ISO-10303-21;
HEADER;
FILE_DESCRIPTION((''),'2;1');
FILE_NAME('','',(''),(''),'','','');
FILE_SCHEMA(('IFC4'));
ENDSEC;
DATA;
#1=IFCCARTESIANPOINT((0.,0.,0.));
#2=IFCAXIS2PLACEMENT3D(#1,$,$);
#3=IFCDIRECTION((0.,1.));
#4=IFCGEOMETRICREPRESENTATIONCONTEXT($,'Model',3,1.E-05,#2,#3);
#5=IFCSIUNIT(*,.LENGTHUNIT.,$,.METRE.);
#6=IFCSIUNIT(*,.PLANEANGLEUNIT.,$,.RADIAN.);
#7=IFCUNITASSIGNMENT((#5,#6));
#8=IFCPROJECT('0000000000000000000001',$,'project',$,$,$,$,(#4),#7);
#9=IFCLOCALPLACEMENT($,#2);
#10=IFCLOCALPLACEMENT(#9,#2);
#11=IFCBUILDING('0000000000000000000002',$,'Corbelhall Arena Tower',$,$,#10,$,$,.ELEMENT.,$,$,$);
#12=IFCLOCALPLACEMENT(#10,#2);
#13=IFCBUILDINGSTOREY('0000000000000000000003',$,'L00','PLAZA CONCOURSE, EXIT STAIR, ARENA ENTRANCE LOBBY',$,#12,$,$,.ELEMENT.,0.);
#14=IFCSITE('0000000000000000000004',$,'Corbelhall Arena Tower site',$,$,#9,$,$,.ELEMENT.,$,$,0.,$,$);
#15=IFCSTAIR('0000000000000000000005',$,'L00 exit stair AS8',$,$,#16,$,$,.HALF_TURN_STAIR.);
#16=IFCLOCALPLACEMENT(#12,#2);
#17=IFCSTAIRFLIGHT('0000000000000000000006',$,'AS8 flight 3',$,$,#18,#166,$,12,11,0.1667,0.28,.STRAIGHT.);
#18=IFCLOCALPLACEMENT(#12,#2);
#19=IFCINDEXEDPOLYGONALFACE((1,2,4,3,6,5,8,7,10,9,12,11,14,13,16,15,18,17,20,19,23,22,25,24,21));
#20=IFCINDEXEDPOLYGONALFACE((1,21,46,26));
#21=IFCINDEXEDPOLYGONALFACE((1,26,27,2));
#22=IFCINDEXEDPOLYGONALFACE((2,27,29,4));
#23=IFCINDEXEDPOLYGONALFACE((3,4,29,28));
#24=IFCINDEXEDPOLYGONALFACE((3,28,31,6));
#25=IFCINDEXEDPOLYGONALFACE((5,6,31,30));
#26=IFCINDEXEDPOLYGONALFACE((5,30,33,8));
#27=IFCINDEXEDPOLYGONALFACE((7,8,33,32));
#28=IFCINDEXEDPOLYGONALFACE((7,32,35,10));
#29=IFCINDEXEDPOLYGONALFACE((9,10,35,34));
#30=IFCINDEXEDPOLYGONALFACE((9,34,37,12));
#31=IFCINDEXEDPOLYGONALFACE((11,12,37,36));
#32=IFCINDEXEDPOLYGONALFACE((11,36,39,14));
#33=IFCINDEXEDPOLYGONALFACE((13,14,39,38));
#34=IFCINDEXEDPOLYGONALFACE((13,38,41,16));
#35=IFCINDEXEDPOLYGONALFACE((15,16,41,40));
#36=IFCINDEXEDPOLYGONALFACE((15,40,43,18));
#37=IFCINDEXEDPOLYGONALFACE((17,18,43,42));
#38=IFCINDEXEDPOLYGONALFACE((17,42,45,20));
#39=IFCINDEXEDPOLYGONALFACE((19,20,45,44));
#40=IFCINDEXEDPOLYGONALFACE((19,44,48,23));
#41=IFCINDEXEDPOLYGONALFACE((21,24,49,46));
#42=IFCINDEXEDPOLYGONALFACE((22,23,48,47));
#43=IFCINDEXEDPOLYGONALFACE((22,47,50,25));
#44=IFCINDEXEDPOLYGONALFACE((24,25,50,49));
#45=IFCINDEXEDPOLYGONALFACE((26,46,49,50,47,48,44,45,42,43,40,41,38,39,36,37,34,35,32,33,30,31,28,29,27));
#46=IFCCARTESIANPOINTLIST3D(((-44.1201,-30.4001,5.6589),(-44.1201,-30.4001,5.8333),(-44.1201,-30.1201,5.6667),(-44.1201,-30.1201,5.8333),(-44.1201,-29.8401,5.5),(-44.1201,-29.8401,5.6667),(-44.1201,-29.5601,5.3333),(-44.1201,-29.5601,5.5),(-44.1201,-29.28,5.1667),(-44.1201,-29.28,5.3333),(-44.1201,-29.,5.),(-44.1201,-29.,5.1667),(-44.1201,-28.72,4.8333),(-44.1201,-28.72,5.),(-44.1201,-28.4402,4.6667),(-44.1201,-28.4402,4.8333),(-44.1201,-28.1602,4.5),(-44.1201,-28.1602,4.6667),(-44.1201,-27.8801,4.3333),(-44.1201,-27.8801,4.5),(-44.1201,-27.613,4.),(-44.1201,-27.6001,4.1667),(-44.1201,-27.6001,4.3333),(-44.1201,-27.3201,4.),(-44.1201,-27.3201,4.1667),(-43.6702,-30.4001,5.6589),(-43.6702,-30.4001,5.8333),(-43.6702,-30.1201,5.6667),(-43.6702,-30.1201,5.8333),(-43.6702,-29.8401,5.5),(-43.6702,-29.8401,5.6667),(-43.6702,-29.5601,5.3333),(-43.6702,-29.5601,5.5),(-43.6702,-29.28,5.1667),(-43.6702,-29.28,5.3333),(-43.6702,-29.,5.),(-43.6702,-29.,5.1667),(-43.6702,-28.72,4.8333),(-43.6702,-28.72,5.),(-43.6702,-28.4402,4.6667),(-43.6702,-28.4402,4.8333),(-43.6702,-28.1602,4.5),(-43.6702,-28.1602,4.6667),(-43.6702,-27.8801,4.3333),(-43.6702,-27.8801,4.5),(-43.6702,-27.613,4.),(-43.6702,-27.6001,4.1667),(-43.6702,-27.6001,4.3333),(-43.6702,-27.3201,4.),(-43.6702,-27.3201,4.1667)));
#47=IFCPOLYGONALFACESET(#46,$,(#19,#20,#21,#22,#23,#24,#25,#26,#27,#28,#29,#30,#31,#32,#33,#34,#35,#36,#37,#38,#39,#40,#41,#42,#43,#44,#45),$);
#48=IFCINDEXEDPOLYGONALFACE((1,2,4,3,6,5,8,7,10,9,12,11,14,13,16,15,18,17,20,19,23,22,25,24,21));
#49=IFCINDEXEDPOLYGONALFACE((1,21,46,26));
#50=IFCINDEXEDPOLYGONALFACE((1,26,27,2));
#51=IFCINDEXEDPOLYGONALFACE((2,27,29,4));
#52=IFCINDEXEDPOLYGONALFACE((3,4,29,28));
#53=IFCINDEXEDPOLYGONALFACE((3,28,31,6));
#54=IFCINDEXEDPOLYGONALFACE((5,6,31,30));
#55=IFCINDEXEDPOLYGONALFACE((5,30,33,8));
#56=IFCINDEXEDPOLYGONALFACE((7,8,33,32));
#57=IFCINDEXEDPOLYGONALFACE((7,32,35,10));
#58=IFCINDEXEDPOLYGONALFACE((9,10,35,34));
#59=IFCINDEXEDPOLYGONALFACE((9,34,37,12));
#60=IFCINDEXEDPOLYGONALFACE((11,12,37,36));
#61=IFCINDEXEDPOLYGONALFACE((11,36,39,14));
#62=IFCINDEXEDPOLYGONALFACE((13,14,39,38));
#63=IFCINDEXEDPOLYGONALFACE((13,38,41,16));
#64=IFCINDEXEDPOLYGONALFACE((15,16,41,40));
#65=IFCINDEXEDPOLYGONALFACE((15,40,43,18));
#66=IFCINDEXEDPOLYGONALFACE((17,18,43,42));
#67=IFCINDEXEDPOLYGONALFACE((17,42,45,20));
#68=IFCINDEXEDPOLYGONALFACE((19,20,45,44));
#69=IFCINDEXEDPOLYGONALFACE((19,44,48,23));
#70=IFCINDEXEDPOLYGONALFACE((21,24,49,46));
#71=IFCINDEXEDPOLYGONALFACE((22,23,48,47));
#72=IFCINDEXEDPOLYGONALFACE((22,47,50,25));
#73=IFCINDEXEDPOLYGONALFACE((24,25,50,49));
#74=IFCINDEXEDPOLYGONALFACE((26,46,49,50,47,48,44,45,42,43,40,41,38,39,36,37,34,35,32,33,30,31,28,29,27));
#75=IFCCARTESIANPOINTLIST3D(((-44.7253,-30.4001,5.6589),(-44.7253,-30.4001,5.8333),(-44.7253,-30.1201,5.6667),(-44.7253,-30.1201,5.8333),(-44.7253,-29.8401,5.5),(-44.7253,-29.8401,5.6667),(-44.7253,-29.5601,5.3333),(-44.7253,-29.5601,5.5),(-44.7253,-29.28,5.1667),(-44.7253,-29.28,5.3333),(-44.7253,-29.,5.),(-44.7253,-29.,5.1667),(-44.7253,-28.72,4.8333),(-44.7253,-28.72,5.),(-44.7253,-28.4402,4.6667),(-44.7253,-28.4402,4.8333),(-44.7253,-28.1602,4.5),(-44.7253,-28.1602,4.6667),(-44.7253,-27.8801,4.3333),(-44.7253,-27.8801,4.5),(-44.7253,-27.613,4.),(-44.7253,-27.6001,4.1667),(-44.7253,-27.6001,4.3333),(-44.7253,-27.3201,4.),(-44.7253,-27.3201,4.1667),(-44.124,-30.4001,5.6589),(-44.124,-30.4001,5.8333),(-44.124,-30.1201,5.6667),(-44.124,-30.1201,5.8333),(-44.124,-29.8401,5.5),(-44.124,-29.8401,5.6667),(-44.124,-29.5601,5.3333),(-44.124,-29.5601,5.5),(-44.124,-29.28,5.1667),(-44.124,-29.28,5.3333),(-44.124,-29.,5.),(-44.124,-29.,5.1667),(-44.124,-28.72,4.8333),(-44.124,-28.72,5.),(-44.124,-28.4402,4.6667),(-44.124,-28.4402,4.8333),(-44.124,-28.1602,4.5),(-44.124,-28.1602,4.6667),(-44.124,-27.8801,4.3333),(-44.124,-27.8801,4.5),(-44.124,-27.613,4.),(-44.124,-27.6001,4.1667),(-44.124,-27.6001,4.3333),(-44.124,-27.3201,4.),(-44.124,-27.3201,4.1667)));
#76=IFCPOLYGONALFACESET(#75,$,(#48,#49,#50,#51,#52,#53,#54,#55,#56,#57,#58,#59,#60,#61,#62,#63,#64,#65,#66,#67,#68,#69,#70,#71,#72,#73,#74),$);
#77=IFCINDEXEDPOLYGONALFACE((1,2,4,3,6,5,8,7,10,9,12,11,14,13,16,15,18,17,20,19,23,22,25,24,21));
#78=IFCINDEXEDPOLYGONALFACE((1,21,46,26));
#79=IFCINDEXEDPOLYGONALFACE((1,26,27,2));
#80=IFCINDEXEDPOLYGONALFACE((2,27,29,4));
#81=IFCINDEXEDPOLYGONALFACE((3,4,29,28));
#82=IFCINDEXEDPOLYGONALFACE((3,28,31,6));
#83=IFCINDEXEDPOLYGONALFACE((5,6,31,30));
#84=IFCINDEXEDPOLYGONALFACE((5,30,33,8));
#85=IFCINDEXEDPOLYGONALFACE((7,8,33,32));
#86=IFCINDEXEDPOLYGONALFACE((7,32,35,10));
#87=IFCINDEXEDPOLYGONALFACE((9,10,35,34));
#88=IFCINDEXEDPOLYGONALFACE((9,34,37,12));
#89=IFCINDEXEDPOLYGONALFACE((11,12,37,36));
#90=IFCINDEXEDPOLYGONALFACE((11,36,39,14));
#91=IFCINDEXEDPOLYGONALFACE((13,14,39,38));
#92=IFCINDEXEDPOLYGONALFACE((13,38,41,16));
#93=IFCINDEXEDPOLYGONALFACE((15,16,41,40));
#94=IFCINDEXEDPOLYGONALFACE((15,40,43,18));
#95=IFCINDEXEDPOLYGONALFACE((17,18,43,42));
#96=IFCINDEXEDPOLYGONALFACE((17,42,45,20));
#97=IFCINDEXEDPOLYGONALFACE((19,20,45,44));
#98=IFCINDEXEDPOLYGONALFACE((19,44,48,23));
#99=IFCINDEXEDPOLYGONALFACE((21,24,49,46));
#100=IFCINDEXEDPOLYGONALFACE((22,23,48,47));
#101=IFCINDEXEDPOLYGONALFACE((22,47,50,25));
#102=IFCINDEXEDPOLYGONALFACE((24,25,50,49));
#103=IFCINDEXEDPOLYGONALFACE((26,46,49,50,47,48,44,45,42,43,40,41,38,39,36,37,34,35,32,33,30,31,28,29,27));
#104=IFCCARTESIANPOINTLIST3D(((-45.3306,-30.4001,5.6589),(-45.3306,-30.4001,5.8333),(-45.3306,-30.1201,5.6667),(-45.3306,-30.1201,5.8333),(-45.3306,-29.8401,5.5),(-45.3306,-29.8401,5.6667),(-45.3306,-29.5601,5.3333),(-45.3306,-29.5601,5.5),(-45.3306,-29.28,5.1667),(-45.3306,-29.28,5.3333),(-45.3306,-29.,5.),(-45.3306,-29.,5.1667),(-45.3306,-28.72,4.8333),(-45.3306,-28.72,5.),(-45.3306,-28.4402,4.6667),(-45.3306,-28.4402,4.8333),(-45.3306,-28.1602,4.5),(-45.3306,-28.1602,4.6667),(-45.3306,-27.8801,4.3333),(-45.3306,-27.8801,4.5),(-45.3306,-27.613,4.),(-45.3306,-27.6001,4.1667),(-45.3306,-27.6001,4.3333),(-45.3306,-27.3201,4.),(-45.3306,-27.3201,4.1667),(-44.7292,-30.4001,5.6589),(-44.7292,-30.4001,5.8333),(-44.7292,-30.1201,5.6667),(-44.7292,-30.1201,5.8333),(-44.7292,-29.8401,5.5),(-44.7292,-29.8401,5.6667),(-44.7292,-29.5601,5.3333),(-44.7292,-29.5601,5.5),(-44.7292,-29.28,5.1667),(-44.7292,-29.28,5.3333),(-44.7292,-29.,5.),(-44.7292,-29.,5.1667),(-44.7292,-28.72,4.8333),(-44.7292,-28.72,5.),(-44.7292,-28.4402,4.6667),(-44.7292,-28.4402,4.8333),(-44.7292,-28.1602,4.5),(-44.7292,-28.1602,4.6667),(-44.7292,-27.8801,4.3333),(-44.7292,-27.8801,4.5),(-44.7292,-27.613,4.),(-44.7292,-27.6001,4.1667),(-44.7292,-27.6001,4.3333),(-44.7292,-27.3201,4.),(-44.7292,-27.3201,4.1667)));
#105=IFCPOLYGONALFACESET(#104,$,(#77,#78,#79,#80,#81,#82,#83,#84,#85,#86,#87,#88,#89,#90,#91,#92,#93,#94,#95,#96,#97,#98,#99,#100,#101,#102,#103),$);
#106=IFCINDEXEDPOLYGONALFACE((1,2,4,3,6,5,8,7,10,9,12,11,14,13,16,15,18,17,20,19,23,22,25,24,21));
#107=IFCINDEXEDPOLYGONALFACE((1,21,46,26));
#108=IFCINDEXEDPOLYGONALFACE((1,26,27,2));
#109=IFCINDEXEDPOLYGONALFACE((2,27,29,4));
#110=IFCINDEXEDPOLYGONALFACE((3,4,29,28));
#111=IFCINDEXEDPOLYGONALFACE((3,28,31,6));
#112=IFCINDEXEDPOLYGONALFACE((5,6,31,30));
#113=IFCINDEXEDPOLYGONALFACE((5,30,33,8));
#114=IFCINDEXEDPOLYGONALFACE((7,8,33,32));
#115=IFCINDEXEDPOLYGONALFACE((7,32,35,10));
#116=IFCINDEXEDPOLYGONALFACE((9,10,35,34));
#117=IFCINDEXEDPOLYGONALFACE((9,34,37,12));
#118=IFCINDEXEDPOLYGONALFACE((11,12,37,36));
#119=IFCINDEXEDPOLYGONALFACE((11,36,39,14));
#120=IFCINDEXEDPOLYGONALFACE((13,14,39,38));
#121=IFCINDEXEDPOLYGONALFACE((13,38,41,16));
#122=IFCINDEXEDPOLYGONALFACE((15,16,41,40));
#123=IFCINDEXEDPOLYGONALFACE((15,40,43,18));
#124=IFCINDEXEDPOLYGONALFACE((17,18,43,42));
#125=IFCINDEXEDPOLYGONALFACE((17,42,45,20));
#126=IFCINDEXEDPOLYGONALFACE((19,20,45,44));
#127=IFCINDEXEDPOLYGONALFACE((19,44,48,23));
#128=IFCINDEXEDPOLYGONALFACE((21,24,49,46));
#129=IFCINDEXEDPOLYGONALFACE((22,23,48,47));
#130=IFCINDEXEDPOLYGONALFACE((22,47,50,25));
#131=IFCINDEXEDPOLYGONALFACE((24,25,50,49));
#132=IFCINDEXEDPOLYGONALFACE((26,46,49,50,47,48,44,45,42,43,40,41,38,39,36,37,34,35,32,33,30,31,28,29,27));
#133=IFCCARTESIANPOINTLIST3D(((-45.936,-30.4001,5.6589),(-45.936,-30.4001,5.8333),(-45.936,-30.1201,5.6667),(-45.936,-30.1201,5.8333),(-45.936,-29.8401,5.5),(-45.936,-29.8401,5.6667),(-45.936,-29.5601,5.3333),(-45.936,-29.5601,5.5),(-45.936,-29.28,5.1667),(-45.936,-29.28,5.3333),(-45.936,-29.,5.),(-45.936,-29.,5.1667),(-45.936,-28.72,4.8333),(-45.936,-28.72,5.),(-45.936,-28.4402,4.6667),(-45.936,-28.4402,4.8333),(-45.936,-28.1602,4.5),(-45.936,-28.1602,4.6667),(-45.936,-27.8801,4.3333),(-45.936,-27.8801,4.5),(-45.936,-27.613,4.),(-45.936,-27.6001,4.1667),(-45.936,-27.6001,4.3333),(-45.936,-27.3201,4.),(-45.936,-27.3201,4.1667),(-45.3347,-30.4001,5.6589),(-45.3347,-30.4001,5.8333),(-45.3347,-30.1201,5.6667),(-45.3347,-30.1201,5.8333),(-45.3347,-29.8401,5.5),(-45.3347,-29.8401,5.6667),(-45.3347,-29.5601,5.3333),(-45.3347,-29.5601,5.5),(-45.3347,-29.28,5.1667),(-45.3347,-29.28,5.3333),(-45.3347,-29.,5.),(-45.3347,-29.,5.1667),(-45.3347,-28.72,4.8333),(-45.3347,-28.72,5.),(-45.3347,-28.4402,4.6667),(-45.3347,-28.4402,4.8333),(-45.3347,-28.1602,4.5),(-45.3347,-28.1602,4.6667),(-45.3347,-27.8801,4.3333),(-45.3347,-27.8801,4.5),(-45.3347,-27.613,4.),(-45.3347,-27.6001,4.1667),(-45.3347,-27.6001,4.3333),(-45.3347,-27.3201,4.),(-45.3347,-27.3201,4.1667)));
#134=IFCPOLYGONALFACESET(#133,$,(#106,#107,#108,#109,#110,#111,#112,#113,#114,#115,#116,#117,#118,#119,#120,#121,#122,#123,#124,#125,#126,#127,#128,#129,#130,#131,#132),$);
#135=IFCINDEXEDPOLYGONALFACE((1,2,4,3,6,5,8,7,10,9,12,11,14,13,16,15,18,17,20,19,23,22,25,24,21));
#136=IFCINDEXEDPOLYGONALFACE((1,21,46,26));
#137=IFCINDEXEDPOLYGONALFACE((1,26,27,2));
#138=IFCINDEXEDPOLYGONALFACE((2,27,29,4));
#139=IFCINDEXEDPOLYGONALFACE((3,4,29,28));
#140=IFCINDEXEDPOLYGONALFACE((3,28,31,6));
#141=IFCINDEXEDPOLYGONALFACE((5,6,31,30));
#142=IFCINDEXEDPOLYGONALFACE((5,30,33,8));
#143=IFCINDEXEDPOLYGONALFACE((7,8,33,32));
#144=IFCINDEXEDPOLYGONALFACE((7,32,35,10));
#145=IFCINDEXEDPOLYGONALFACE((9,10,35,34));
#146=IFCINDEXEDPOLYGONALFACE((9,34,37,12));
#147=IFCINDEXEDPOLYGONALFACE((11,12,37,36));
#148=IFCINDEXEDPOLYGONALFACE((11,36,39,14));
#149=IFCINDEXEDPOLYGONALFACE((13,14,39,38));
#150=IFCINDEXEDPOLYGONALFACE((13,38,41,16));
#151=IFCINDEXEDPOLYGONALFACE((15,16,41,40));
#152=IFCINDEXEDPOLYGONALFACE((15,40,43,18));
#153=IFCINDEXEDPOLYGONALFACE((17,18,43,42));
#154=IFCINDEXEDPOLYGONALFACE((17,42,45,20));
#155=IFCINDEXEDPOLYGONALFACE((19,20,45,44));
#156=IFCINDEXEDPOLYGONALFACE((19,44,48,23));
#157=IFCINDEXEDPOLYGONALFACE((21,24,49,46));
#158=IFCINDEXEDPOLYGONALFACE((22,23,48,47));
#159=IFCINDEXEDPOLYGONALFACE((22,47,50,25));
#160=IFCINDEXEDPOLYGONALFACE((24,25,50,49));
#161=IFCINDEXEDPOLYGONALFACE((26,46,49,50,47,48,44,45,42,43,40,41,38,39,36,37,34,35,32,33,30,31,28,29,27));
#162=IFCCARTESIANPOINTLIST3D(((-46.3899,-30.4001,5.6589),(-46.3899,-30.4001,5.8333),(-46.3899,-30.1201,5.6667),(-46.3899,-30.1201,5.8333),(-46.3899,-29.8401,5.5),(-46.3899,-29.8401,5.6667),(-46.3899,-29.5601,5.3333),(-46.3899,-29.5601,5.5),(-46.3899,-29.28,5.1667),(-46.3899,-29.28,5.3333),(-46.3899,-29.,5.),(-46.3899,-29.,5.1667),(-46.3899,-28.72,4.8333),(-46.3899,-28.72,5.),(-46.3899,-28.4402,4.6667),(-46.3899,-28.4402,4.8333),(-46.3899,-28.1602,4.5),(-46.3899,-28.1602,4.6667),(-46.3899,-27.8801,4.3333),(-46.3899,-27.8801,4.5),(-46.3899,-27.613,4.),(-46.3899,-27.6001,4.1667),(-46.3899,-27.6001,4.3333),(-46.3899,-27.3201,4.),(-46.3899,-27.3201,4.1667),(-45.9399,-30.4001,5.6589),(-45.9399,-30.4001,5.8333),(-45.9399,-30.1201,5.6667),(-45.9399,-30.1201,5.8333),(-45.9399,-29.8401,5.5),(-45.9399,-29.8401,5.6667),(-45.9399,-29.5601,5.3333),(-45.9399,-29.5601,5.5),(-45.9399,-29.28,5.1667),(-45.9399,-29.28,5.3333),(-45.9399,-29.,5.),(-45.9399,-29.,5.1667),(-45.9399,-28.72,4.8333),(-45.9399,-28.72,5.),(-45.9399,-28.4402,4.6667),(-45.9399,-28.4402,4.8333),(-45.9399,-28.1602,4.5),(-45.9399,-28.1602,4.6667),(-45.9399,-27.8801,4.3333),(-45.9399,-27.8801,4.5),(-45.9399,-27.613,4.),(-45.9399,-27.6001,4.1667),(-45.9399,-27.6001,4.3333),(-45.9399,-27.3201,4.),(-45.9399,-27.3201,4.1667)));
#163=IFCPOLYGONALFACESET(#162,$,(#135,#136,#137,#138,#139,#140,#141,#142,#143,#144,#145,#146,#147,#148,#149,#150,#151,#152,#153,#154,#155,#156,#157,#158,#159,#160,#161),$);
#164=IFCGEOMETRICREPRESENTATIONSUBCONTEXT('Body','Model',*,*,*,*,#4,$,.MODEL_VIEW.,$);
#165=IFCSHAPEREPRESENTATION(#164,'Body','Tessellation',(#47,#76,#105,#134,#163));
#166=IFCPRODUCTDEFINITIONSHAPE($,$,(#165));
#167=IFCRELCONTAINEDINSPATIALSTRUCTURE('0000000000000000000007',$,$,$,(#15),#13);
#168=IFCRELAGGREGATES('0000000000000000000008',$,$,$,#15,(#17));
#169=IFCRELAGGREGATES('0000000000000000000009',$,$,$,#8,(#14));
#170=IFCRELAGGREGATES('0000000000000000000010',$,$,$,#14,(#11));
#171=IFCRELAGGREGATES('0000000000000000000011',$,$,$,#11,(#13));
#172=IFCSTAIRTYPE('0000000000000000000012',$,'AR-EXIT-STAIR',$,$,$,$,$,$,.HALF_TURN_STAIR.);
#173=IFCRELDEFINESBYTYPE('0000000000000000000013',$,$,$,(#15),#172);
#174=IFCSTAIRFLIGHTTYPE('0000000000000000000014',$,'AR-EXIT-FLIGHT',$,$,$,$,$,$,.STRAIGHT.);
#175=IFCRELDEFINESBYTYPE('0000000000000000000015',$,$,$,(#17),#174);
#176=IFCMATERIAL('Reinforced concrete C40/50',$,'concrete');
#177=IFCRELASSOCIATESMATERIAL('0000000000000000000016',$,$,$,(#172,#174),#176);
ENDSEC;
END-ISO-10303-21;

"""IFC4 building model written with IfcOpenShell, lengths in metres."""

from ifc_helpers import new_model, si_unit, direction, frame, origin, place, context, subcontext, project, spatial, polyline, outline, extrude, material, type_object, element, aggregate, save


model = new_model("IFC4")

# Units and contexts
model_context = context("Model", 3, precision=1e-05, world=origin(), true_north=direction((0.0, 1.0)))
body_context = subcontext(model_context, "Body", "Model", "MODEL_VIEW")
ifc_project = project(units=[si_unit("LENGTHUNIT", "METRE"), si_unit("PLANEANGLEUNIT", "RADIAN")], contexts=[model_context])

# Site, building, storey
site_placement = place(None, origin())
site = spatial("IfcSite", under=ifc_project, at=site_placement, Name="Corbelhall Arena Tower site", CompositionType="ELEMENT", RefElevation=0.0)
building_placement = place(site_placement, origin())
building = spatial("IfcBuilding", under=site, at=building_placement, Name="Corbelhall Arena Tower", CompositionType="ELEMENT")
storey_placement = place(building_placement, origin())
storey = spatial("IfcBuildingStorey", under=building, at=storey_placement, Name="L00", Description="PLAZA CONCOURSE, EXIT STAIR, ARENA ENTRANCE LOBBY", CompositionType="ELEMENT", Elevation=0.0)

# Stair, stair flight
ifc_material_1 = material(Name="Reinforced concrete C40/50", Category="concrete")
stair_type = type_object("IfcStairType", Name="AR-EXIT-STAIR", PredefinedType="HALF_TURN_STAIR", material=ifc_material_1)
stair_flight_type = type_object("IfcStairFlightType", Name="AR-EXIT-FLIGHT", PredefinedType="STRAIGHT", material=ifc_material_1)
stair_1_placement = place(storey_placement, origin())
stair_1 = element("IfcStair", 1, at=stair_1_placement, inside=storey, type_object=stair_type, Name="L00 exit stair AS8", PredefinedType="HALF_TURN_STAIR")
stair_flight_1_placement = place(storey_placement, frame((-45.03, -27.3201, 4.0), z_axis=(0.0, 0.0, 1.0), x_axis=(0.0, -1.0, 0.0)))
stair_flight_1 = element("IfcStairFlight", 2, at=stair_flight_1_placement, type_object=stair_flight_type, Name="AS8 flight 3", NumberOfRisers=12, NumberOfTreads=11, PredefinedType="STRAIGHT", RiserHeight=0.1667, TreadLength=0.28, context=body_context, shape_type="SweptSolid", body=[
    extrude(outline(polyline([(0.0, 0.0), (0.0, 0.1667), (0.28, 0.1667), (0.28, 0.3333), (0.5601, 0.3333), (0.5601, 0.5), (0.8401, 0.5), (0.8401, 0.6667), (1.1201, 0.6667), (1.1201, 0.8333), (1.3999, 0.8333), (1.3999, 1.0), (1.6799, 1.0), (1.6799, 1.1667), (1.96, 1.1667), (1.96, 1.3333), (2.24, 1.3333), (2.24, 1.5), (2.52, 1.5), (2.52, 1.6667), (2.8, 1.6667), (2.8, 1.8333), (3.0801, 1.8333), (3.0801, 2.0), (3.0801, 1.6589), (0.293, 0.0), (0.0, 0.0)])), frame((0.0, 1.3599, 0.0), z_axis=(0.0, -1.0, 0.0), x_axis=(1.0, 0.0, 0.0)), (0.0, 0.0, 1.0), 0.45),
    extrude(outline(polyline([(0.0, 0.0), (0.0, 0.1667), (0.28, 0.1667), (0.28, 0.3333), (0.5601, 0.3333), (0.5601, 0.5), (0.8401, 0.5), (0.8401, 0.6667), (1.1201, 0.6667), (1.1201, 0.8333), (1.3999, 0.8333), (1.3999, 1.0), (1.6799, 1.0), (1.6799, 1.1667), (1.96, 1.1667), (1.96, 1.3333), (2.24, 1.3333), (2.24, 1.5), (2.52, 1.5), (2.52, 1.6667), (2.8, 1.6667), (2.8, 1.8333), (3.0801, 1.8333), (3.0801, 2.0), (3.0801, 1.6589), (0.293, 0.0), (0.0, 0.0)])), frame((0.0, 0.906, 0.0), z_axis=(0.0, -1.0, 0.0), x_axis=(1.0, 0.0, 0.0)), (0.0, 0.0, 1.0), 0.6013),
    extrude(outline(polyline([(0.0, 0.0), (0.0, 0.1667), (0.28, 0.1667), (0.28, 0.3333), (0.5601, 0.3333), (0.5601, 0.5), (0.8401, 0.5), (0.8401, 0.6667), (1.1201, 0.6667), (1.1201, 0.8333), (1.3999, 0.8333), (1.3999, 1.0), (1.6799, 1.0), (1.6799, 1.1667), (1.96, 1.1667), (1.96, 1.3333), (2.24, 1.3333), (2.24, 1.5), (2.52, 1.5), (2.52, 1.6667), (2.8, 1.6667), (2.8, 1.8333), (3.0801, 1.8333), (3.0801, 2.0), (3.0801, 1.6589), (0.293, 0.0), (0.0, 0.0)])), frame((0.0, 0.3008, 0.0), z_axis=(0.0, -1.0, 0.0), x_axis=(1.0, 0.0, 0.0)), (0.0, 0.0, 1.0), 0.6013),
    extrude(outline(polyline([(0.0, 0.0), (0.0, 0.1667), (0.28, 0.1667), (0.28, 0.3333), (0.5601, 0.3333), (0.5601, 0.5), (0.8401, 0.5), (0.8401, 0.6667), (1.1201, 0.6667), (1.1201, 0.8333), (1.3999, 0.8333), (1.3999, 1.0), (1.6799, 1.0), (1.6799, 1.1667), (1.96, 1.1667), (1.96, 1.3333), (2.24, 1.3333), (2.24, 1.5), (2.52, 1.5), (2.52, 1.6667), (2.8, 1.6667), (2.8, 1.8333), (3.0801, 1.8333), (3.0801, 2.0), (3.0801, 1.6589), (0.293, 0.0), (0.0, 0.0)])), frame((0.0, -0.3047, 0.0), z_axis=(0.0, -1.0, 0.0), x_axis=(1.0, 0.0, 0.0)), (0.0, 0.0, 1.0), 0.6013),
    extrude(outline(polyline([(0.0, 0.0), (0.0, 0.1667), (0.28, 0.1667), (0.28, 0.3333), (0.5601, 0.3333), (0.5601, 0.5), (0.8401, 0.5), (0.8401, 0.6667), (1.1201, 0.6667), (1.1201, 0.8333), (1.3999, 0.8333), (1.3999, 1.0), (1.6799, 1.0), (1.6799, 1.1667), (1.96, 1.1667), (1.96, 1.3333), (2.24, 1.3333), (2.24, 1.5), (2.52, 1.5), (2.52, 1.6667), (2.8, 1.6667), (2.8, 1.8333), (3.0801, 1.8333), (3.0801, 2.0), (3.0801, 1.6589), (0.293, 0.0), (0.0, 0.0)])), frame((0.0, -0.9099, 0.0), z_axis=(0.0, -1.0, 0.0), x_axis=(1.0, 0.0, 0.0)), (0.0, 0.0, 1.0), 0.45),
])
aggregate(stair_1, [stair_flight_1])

save(model, "model.ifc")
